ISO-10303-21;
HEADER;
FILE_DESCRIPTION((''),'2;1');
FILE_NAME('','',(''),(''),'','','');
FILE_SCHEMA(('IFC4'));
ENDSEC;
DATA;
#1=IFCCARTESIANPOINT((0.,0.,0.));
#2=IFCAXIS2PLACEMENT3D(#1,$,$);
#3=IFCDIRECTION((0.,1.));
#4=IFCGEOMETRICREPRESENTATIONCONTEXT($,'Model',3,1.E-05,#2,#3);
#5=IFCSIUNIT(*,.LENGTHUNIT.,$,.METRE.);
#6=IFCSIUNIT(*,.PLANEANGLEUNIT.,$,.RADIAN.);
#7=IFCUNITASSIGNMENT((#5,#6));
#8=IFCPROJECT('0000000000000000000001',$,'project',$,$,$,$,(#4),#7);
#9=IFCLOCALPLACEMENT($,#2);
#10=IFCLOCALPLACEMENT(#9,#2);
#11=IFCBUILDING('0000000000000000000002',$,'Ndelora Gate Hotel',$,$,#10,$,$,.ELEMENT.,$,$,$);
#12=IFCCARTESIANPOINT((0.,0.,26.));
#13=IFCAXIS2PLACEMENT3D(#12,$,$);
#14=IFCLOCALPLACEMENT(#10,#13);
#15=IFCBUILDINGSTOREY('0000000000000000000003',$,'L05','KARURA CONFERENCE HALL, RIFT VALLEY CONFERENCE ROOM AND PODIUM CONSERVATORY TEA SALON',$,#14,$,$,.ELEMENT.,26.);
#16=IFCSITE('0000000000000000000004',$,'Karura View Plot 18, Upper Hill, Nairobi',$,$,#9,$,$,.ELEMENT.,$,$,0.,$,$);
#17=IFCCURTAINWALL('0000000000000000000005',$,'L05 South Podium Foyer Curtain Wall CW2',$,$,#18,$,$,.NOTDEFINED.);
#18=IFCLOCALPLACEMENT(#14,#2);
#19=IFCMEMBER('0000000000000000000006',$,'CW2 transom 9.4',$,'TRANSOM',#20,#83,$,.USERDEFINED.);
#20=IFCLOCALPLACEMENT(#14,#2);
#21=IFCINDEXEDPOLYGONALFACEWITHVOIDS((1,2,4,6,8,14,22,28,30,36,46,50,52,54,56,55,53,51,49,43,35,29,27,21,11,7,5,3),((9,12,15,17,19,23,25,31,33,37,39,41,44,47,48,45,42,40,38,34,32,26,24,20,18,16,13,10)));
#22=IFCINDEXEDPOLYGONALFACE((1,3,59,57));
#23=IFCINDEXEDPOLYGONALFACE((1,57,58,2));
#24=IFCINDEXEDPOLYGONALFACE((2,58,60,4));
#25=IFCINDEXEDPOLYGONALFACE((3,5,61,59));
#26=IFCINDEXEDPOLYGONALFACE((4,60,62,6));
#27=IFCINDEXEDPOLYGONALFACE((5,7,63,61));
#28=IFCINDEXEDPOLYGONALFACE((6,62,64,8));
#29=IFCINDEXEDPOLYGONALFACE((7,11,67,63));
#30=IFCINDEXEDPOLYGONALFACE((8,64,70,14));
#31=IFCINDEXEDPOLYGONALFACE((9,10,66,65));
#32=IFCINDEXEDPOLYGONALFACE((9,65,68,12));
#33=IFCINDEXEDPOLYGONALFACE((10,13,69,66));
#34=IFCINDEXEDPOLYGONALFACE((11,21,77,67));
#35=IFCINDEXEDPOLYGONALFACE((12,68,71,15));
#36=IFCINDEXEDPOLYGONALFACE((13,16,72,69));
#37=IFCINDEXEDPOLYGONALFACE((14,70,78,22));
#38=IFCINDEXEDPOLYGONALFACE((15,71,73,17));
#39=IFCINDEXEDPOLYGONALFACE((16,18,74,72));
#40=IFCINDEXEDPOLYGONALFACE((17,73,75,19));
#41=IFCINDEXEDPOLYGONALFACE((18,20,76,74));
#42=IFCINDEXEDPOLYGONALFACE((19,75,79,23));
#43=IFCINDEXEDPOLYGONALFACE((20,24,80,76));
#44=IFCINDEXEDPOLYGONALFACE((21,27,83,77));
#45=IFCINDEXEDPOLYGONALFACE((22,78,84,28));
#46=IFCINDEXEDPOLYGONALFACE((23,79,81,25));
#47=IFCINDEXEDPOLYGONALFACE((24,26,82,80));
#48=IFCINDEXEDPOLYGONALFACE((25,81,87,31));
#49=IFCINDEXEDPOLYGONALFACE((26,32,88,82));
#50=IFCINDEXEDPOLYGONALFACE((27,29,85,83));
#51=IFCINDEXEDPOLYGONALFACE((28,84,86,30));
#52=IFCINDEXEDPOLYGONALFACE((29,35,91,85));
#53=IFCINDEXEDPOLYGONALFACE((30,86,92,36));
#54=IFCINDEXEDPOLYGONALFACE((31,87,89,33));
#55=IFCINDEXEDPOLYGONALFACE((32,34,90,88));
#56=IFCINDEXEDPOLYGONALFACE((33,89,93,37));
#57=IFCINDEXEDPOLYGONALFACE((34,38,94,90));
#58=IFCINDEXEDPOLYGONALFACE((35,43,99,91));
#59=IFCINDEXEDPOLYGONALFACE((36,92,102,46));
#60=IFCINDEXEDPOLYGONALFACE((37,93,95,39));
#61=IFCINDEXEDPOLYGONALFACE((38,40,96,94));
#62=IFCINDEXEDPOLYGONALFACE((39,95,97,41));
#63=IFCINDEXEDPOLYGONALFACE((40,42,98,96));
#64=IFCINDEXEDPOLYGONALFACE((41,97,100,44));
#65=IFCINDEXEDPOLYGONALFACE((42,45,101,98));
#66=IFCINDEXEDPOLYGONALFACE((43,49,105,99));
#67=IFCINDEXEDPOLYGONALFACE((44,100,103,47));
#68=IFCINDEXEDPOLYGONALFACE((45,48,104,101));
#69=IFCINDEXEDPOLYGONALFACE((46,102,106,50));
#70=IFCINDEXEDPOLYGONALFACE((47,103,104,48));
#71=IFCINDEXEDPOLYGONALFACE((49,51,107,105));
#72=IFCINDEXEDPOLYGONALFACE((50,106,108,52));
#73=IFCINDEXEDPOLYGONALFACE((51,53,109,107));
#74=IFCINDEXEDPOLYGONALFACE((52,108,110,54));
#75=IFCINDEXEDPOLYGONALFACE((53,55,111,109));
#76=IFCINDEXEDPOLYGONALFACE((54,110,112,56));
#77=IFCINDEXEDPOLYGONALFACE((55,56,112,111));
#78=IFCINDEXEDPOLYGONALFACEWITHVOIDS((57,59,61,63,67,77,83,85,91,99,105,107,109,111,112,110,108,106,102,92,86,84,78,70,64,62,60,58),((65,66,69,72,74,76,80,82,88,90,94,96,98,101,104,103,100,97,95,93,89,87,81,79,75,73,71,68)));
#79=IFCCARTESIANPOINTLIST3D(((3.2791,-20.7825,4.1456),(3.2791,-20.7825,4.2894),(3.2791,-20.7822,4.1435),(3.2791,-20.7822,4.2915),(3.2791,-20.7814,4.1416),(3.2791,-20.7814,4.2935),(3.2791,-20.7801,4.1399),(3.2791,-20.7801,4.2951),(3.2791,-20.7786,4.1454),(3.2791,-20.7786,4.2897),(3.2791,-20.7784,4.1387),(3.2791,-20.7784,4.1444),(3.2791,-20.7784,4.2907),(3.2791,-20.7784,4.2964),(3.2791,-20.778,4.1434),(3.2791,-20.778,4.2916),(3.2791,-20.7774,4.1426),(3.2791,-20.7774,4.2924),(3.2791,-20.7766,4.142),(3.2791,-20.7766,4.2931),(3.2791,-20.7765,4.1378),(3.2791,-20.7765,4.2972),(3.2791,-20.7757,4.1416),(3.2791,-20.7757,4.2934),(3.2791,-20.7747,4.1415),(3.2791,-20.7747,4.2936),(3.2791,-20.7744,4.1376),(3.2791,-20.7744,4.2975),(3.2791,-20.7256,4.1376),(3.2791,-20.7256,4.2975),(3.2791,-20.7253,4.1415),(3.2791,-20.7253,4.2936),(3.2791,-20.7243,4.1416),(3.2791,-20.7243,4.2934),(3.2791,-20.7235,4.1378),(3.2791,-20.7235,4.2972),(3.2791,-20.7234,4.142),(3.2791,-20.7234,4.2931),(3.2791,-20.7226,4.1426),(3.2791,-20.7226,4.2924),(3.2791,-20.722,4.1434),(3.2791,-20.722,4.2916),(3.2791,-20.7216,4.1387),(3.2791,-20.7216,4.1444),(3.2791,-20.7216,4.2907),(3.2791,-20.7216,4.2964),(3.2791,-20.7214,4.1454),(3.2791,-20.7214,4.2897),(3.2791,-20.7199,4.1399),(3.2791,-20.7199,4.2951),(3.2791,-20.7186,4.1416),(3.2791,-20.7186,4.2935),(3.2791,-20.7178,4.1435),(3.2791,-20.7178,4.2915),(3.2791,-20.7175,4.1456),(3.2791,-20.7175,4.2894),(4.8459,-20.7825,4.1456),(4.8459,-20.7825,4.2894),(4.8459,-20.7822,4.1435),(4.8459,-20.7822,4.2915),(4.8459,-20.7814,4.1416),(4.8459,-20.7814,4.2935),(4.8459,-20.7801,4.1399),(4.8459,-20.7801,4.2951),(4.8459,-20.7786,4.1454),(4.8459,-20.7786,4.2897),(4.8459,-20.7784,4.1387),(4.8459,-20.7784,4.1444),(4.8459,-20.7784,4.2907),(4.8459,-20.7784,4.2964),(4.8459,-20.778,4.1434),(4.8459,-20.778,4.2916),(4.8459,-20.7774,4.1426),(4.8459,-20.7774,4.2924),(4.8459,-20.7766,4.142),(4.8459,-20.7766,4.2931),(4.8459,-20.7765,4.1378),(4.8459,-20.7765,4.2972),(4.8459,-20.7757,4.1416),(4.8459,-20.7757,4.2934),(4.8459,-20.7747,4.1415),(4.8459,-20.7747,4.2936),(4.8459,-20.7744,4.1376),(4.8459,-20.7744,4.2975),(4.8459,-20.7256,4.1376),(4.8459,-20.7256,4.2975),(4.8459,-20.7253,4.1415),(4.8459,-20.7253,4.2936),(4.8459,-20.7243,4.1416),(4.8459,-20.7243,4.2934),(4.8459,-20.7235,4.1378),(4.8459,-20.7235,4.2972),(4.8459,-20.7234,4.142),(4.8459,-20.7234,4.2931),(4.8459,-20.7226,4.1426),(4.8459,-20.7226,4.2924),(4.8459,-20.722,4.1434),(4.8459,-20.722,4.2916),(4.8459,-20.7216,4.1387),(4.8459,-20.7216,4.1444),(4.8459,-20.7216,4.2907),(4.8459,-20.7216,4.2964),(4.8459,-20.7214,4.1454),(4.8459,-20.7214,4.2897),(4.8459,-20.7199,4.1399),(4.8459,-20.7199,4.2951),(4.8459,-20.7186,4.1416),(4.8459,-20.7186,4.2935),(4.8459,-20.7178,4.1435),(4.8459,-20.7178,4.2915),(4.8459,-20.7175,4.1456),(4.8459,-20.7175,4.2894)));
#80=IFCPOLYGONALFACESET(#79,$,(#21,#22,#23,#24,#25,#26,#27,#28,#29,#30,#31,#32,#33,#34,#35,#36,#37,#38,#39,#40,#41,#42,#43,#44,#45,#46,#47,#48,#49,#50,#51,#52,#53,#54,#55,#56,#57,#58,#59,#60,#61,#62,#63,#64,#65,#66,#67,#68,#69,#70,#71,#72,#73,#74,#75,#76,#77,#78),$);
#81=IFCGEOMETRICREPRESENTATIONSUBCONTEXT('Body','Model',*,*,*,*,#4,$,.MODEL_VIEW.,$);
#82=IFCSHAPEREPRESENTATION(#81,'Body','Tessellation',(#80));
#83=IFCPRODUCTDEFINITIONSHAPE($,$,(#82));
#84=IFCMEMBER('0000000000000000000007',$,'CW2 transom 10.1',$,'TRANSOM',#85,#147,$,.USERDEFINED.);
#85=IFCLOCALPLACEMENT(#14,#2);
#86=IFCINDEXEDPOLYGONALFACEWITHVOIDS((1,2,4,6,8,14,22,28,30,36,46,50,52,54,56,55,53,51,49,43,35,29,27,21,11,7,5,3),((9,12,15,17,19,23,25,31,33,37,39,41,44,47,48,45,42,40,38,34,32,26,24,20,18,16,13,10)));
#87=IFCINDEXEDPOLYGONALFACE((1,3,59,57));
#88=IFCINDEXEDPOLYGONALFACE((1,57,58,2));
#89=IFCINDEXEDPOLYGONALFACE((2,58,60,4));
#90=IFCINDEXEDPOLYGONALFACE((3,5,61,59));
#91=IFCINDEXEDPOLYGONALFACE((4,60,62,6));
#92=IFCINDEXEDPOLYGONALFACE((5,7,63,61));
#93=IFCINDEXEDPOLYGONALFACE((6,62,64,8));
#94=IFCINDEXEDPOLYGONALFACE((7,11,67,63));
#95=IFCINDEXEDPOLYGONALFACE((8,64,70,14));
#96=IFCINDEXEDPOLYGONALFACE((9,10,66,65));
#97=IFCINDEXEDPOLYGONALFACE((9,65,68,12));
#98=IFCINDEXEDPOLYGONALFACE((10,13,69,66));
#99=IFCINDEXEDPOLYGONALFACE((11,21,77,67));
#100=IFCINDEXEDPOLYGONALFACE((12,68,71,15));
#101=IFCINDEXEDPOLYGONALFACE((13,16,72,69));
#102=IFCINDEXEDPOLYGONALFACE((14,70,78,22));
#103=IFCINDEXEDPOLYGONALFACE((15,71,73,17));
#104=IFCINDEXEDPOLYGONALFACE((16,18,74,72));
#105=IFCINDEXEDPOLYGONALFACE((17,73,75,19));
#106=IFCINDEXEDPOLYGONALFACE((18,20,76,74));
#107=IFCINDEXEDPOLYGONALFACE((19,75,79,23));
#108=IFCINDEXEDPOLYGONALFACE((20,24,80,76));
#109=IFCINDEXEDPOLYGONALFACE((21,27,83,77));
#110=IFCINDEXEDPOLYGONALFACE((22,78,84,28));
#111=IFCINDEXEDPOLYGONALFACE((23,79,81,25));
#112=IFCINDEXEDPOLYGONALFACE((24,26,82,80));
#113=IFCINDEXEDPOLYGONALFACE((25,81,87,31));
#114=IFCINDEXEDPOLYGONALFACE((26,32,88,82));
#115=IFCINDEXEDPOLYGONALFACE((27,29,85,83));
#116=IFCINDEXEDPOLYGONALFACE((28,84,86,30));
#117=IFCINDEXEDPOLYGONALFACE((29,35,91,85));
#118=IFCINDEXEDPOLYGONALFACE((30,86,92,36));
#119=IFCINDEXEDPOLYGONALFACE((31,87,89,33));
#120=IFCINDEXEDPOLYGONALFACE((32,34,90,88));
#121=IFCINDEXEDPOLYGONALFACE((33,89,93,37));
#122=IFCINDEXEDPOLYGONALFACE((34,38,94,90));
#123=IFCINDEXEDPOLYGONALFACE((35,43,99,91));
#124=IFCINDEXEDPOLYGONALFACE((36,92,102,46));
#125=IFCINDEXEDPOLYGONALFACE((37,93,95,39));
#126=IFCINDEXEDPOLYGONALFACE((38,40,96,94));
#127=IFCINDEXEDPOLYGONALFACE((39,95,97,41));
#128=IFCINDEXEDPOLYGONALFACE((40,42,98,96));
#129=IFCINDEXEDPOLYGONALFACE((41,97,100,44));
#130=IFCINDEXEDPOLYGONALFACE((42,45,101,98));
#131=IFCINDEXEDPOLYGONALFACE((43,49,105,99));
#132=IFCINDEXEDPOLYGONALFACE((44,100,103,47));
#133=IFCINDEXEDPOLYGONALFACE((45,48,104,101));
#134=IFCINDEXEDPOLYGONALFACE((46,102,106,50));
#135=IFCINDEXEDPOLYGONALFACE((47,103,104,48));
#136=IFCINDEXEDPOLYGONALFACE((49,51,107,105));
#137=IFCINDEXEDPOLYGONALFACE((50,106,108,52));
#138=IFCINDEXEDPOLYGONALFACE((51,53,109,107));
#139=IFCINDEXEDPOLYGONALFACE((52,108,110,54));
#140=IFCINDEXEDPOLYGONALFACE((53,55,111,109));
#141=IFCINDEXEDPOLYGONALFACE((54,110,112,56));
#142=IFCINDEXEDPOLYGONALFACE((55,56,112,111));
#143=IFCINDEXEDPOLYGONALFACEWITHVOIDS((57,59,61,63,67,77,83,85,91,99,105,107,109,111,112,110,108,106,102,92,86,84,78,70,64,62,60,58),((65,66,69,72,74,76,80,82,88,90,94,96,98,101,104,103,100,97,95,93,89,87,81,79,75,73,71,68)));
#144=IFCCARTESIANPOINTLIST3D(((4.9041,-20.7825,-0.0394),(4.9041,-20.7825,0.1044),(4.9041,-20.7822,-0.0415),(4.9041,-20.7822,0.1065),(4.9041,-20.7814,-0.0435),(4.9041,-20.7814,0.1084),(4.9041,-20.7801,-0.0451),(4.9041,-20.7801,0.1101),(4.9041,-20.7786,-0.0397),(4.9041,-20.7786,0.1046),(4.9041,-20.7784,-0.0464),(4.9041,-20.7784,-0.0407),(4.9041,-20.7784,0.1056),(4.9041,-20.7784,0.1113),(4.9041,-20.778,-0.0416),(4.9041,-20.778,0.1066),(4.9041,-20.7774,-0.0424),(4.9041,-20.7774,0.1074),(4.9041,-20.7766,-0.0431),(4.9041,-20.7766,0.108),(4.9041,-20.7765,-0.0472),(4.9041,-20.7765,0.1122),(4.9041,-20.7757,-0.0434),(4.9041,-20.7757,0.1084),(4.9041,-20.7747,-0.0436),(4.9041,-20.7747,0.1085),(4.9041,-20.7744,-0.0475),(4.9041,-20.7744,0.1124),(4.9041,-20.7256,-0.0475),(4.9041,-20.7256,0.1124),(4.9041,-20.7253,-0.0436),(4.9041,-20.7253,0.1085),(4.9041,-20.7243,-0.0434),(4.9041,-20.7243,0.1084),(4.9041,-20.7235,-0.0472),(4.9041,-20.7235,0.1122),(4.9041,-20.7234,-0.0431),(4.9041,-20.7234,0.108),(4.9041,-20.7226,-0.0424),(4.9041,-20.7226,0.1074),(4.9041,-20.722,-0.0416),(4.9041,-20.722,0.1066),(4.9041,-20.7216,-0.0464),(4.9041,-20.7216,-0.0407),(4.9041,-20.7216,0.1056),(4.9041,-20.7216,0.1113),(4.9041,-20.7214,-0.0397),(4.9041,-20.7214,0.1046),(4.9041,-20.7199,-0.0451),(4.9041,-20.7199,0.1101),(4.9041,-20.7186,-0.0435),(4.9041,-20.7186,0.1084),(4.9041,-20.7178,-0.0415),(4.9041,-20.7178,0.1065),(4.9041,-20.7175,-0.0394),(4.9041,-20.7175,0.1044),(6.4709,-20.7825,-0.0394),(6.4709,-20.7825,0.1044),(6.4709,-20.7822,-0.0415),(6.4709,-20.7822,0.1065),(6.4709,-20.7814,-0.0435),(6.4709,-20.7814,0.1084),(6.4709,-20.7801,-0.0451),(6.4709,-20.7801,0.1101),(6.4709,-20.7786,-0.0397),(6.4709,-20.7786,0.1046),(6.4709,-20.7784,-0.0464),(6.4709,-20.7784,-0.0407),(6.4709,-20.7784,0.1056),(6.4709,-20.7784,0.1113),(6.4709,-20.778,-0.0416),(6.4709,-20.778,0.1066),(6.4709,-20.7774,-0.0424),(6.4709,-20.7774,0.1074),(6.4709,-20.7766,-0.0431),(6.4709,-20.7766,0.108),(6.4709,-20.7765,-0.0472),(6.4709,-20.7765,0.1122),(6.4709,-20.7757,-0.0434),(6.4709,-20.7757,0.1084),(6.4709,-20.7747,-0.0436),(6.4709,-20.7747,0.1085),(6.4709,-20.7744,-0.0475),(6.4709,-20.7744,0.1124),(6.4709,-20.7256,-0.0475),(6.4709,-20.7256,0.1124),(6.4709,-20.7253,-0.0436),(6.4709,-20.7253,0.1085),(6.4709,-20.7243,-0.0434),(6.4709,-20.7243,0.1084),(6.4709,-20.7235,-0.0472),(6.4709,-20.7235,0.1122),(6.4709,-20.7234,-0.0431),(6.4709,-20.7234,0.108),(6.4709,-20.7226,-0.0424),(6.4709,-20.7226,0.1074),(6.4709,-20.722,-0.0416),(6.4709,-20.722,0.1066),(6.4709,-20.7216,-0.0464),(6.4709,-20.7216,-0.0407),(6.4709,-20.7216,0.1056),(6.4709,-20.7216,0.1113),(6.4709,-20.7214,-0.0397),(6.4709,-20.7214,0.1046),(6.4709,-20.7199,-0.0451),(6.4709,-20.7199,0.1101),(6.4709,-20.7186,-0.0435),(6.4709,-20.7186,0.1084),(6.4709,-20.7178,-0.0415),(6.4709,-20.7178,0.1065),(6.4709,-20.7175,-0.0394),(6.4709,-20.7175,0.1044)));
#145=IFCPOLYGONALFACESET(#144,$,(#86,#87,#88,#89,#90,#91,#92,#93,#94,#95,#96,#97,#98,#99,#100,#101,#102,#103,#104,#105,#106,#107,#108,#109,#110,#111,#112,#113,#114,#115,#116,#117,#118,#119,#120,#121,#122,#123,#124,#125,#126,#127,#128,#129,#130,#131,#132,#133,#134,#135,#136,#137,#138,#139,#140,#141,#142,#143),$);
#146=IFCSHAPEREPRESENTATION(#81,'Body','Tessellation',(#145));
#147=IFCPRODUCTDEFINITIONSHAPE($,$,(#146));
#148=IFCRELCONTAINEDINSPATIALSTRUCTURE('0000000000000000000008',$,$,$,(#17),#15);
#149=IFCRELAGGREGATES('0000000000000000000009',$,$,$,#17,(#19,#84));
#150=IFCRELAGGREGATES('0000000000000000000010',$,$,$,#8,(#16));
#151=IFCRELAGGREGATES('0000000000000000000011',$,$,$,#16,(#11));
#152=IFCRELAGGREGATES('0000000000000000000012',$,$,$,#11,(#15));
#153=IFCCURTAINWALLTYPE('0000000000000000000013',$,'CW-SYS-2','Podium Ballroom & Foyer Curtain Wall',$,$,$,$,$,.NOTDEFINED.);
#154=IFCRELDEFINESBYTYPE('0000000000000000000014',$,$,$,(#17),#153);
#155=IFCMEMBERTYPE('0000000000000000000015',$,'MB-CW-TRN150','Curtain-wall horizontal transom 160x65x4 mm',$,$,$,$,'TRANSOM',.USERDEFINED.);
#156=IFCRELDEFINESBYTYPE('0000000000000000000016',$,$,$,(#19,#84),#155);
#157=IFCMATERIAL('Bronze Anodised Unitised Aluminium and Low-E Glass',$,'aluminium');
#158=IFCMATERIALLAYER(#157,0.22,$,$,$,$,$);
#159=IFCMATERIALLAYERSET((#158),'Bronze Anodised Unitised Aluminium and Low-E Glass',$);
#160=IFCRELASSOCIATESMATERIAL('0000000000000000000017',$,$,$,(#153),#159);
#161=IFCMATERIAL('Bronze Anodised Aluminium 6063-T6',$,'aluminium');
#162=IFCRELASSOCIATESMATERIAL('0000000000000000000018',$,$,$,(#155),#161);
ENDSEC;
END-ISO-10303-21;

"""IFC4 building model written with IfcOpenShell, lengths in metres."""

from ifc_helpers import new_model, si_unit, direction, frame, origin, origin_2d, place, context, subcontext, project, spatial, hollow_rectangle, extrude, material, layer, layer_set, material_profile, profile_set, type_object, element, aggregate, save


model = new_model("IFC4")

# Units and contexts
model_context = context("Model", 3, precision=1e-05, world=origin(), true_north=direction((0.0, 1.0)))
body_context = subcontext(model_context, "Body", "Model", "MODEL_VIEW")
ifc_project = project(units=[si_unit("LENGTHUNIT", "METRE"), si_unit("PLANEANGLEUNIT", "RADIAN")], contexts=[model_context])

# Site, building, storey
site_placement = place(None, origin())
site = spatial("IfcSite", under=ifc_project, at=site_placement, Name="Karura View Plot 18, Upper Hill, Nairobi", CompositionType="ELEMENT", RefElevation=0.0)
building_placement = place(site_placement, origin())
building = spatial("IfcBuilding", under=site, at=building_placement, Name="Ndelora Gate Hotel", CompositionType="ELEMENT")
storey_placement = place(building_placement, frame((0.0, 0.0, 26.0)))
storey = spatial("IfcBuildingStorey", under=building, at=storey_placement, Name="L05", Description="KARURA CONFERENCE HALL, RIFT VALLEY CONFERENCE ROOM AND PODIUM CONSERVATORY TEA SALON", CompositionType="ELEMENT", Elevation=26.0)

# Curtain wall, members
ifc_material_1 = material(Name="Bronze Anodised Unitised Aluminium and Low-E Glass", Category="aluminium")
ifc_layer_1 = layer(ifc_material_1, 0.22)
ifc_layer_set_1 = layer_set([ifc_layer_1], Name="Bronze Anodised Unitised Aluminium and Low-E Glass")
curtain_wall_type = type_object("IfcCurtainWallType", Name="CW-SYS-2", Description="Podium Ballroom & Foyer Curtain Wall", PredefinedType="NOTDEFINED", material=ifc_layer_set_1)
curtain_wall_placement = place(storey_placement, origin())
curtain_wall = element("IfcCurtainWall", 1, at=curtain_wall_placement, inside=storey, type_object=curtain_wall_type, Name="L05 South Podium Foyer Curtain Wall CW2", PredefinedType="NOTDEFINED")
ifc_material_2 = material(Name="Bronze Anodised Aluminium 6063-T6", Category="aluminium")
ifc_material_profile_1 = material_profile(ifc_material_2, hollow_rectangle(XDim=0.0649, YDim=0.1599, WallThickness=0.0039, InnerFilletRadius=0.0039, OuterFilletRadius=0.0081, at=origin_2d()), Name="ALU 160x65x4")
ifc_profile_set_1 = profile_set([ifc_material_profile_1], Name="Bronze Anodised Aluminium 6063-T6")
member_type_1 = type_object("IfcMemberType", Name="MB-CW-TRN150", Description="Curtain-wall horizontal transom 160x65x4 mm", ElementType="TRANSOM", PredefinedType="USERDEFINED", material=ifc_profile_set_1)
member_1_placement = place(storey_placement, frame((3.2791, -20.75, 4.2175), z_axis=(1.0, 0.0, 0.0), x_axis=(0.0, 1.0, 0.0)))
member_1 = element("IfcMember", 2, at=member_1_placement, type_object=member_type_1, Name="CW2 transom 9.4", ObjectType="TRANSOM", PredefinedType="USERDEFINED", context=body_context, shape_type="SweptSolid", body=[
    extrude(hollow_rectangle(XDim=0.0649, YDim=0.1599, WallThickness=0.0039, InnerFilletRadius=0.0039, OuterFilletRadius=0.0081, at=origin_2d()), origin(), (0.0, 0.0, 1.0), 1.5669),
])
member_2_placement = place(storey_placement, frame((4.9041, -20.75, 0.0325), z_axis=(1.0, 0.0, 0.0), x_axis=(0.0, 1.0, 0.0)))
member_2 = element("IfcMember", 3, at=member_2_placement, type_object=member_type_1, Name="CW2 transom 10.1", ObjectType="TRANSOM", PredefinedType="USERDEFINED", context=body_context, shape_type="SweptSolid", body=[
    extrude(hollow_rectangle(XDim=0.0649, YDim=0.1599, WallThickness=0.0039, InnerFilletRadius=0.0039, OuterFilletRadius=0.0081, at=origin_2d()), origin(), (0.0, 0.0, 1.0), 1.5669),
])
aggregate(curtain_wall, [member_1, member_2])

save(model, "model.ifc")
